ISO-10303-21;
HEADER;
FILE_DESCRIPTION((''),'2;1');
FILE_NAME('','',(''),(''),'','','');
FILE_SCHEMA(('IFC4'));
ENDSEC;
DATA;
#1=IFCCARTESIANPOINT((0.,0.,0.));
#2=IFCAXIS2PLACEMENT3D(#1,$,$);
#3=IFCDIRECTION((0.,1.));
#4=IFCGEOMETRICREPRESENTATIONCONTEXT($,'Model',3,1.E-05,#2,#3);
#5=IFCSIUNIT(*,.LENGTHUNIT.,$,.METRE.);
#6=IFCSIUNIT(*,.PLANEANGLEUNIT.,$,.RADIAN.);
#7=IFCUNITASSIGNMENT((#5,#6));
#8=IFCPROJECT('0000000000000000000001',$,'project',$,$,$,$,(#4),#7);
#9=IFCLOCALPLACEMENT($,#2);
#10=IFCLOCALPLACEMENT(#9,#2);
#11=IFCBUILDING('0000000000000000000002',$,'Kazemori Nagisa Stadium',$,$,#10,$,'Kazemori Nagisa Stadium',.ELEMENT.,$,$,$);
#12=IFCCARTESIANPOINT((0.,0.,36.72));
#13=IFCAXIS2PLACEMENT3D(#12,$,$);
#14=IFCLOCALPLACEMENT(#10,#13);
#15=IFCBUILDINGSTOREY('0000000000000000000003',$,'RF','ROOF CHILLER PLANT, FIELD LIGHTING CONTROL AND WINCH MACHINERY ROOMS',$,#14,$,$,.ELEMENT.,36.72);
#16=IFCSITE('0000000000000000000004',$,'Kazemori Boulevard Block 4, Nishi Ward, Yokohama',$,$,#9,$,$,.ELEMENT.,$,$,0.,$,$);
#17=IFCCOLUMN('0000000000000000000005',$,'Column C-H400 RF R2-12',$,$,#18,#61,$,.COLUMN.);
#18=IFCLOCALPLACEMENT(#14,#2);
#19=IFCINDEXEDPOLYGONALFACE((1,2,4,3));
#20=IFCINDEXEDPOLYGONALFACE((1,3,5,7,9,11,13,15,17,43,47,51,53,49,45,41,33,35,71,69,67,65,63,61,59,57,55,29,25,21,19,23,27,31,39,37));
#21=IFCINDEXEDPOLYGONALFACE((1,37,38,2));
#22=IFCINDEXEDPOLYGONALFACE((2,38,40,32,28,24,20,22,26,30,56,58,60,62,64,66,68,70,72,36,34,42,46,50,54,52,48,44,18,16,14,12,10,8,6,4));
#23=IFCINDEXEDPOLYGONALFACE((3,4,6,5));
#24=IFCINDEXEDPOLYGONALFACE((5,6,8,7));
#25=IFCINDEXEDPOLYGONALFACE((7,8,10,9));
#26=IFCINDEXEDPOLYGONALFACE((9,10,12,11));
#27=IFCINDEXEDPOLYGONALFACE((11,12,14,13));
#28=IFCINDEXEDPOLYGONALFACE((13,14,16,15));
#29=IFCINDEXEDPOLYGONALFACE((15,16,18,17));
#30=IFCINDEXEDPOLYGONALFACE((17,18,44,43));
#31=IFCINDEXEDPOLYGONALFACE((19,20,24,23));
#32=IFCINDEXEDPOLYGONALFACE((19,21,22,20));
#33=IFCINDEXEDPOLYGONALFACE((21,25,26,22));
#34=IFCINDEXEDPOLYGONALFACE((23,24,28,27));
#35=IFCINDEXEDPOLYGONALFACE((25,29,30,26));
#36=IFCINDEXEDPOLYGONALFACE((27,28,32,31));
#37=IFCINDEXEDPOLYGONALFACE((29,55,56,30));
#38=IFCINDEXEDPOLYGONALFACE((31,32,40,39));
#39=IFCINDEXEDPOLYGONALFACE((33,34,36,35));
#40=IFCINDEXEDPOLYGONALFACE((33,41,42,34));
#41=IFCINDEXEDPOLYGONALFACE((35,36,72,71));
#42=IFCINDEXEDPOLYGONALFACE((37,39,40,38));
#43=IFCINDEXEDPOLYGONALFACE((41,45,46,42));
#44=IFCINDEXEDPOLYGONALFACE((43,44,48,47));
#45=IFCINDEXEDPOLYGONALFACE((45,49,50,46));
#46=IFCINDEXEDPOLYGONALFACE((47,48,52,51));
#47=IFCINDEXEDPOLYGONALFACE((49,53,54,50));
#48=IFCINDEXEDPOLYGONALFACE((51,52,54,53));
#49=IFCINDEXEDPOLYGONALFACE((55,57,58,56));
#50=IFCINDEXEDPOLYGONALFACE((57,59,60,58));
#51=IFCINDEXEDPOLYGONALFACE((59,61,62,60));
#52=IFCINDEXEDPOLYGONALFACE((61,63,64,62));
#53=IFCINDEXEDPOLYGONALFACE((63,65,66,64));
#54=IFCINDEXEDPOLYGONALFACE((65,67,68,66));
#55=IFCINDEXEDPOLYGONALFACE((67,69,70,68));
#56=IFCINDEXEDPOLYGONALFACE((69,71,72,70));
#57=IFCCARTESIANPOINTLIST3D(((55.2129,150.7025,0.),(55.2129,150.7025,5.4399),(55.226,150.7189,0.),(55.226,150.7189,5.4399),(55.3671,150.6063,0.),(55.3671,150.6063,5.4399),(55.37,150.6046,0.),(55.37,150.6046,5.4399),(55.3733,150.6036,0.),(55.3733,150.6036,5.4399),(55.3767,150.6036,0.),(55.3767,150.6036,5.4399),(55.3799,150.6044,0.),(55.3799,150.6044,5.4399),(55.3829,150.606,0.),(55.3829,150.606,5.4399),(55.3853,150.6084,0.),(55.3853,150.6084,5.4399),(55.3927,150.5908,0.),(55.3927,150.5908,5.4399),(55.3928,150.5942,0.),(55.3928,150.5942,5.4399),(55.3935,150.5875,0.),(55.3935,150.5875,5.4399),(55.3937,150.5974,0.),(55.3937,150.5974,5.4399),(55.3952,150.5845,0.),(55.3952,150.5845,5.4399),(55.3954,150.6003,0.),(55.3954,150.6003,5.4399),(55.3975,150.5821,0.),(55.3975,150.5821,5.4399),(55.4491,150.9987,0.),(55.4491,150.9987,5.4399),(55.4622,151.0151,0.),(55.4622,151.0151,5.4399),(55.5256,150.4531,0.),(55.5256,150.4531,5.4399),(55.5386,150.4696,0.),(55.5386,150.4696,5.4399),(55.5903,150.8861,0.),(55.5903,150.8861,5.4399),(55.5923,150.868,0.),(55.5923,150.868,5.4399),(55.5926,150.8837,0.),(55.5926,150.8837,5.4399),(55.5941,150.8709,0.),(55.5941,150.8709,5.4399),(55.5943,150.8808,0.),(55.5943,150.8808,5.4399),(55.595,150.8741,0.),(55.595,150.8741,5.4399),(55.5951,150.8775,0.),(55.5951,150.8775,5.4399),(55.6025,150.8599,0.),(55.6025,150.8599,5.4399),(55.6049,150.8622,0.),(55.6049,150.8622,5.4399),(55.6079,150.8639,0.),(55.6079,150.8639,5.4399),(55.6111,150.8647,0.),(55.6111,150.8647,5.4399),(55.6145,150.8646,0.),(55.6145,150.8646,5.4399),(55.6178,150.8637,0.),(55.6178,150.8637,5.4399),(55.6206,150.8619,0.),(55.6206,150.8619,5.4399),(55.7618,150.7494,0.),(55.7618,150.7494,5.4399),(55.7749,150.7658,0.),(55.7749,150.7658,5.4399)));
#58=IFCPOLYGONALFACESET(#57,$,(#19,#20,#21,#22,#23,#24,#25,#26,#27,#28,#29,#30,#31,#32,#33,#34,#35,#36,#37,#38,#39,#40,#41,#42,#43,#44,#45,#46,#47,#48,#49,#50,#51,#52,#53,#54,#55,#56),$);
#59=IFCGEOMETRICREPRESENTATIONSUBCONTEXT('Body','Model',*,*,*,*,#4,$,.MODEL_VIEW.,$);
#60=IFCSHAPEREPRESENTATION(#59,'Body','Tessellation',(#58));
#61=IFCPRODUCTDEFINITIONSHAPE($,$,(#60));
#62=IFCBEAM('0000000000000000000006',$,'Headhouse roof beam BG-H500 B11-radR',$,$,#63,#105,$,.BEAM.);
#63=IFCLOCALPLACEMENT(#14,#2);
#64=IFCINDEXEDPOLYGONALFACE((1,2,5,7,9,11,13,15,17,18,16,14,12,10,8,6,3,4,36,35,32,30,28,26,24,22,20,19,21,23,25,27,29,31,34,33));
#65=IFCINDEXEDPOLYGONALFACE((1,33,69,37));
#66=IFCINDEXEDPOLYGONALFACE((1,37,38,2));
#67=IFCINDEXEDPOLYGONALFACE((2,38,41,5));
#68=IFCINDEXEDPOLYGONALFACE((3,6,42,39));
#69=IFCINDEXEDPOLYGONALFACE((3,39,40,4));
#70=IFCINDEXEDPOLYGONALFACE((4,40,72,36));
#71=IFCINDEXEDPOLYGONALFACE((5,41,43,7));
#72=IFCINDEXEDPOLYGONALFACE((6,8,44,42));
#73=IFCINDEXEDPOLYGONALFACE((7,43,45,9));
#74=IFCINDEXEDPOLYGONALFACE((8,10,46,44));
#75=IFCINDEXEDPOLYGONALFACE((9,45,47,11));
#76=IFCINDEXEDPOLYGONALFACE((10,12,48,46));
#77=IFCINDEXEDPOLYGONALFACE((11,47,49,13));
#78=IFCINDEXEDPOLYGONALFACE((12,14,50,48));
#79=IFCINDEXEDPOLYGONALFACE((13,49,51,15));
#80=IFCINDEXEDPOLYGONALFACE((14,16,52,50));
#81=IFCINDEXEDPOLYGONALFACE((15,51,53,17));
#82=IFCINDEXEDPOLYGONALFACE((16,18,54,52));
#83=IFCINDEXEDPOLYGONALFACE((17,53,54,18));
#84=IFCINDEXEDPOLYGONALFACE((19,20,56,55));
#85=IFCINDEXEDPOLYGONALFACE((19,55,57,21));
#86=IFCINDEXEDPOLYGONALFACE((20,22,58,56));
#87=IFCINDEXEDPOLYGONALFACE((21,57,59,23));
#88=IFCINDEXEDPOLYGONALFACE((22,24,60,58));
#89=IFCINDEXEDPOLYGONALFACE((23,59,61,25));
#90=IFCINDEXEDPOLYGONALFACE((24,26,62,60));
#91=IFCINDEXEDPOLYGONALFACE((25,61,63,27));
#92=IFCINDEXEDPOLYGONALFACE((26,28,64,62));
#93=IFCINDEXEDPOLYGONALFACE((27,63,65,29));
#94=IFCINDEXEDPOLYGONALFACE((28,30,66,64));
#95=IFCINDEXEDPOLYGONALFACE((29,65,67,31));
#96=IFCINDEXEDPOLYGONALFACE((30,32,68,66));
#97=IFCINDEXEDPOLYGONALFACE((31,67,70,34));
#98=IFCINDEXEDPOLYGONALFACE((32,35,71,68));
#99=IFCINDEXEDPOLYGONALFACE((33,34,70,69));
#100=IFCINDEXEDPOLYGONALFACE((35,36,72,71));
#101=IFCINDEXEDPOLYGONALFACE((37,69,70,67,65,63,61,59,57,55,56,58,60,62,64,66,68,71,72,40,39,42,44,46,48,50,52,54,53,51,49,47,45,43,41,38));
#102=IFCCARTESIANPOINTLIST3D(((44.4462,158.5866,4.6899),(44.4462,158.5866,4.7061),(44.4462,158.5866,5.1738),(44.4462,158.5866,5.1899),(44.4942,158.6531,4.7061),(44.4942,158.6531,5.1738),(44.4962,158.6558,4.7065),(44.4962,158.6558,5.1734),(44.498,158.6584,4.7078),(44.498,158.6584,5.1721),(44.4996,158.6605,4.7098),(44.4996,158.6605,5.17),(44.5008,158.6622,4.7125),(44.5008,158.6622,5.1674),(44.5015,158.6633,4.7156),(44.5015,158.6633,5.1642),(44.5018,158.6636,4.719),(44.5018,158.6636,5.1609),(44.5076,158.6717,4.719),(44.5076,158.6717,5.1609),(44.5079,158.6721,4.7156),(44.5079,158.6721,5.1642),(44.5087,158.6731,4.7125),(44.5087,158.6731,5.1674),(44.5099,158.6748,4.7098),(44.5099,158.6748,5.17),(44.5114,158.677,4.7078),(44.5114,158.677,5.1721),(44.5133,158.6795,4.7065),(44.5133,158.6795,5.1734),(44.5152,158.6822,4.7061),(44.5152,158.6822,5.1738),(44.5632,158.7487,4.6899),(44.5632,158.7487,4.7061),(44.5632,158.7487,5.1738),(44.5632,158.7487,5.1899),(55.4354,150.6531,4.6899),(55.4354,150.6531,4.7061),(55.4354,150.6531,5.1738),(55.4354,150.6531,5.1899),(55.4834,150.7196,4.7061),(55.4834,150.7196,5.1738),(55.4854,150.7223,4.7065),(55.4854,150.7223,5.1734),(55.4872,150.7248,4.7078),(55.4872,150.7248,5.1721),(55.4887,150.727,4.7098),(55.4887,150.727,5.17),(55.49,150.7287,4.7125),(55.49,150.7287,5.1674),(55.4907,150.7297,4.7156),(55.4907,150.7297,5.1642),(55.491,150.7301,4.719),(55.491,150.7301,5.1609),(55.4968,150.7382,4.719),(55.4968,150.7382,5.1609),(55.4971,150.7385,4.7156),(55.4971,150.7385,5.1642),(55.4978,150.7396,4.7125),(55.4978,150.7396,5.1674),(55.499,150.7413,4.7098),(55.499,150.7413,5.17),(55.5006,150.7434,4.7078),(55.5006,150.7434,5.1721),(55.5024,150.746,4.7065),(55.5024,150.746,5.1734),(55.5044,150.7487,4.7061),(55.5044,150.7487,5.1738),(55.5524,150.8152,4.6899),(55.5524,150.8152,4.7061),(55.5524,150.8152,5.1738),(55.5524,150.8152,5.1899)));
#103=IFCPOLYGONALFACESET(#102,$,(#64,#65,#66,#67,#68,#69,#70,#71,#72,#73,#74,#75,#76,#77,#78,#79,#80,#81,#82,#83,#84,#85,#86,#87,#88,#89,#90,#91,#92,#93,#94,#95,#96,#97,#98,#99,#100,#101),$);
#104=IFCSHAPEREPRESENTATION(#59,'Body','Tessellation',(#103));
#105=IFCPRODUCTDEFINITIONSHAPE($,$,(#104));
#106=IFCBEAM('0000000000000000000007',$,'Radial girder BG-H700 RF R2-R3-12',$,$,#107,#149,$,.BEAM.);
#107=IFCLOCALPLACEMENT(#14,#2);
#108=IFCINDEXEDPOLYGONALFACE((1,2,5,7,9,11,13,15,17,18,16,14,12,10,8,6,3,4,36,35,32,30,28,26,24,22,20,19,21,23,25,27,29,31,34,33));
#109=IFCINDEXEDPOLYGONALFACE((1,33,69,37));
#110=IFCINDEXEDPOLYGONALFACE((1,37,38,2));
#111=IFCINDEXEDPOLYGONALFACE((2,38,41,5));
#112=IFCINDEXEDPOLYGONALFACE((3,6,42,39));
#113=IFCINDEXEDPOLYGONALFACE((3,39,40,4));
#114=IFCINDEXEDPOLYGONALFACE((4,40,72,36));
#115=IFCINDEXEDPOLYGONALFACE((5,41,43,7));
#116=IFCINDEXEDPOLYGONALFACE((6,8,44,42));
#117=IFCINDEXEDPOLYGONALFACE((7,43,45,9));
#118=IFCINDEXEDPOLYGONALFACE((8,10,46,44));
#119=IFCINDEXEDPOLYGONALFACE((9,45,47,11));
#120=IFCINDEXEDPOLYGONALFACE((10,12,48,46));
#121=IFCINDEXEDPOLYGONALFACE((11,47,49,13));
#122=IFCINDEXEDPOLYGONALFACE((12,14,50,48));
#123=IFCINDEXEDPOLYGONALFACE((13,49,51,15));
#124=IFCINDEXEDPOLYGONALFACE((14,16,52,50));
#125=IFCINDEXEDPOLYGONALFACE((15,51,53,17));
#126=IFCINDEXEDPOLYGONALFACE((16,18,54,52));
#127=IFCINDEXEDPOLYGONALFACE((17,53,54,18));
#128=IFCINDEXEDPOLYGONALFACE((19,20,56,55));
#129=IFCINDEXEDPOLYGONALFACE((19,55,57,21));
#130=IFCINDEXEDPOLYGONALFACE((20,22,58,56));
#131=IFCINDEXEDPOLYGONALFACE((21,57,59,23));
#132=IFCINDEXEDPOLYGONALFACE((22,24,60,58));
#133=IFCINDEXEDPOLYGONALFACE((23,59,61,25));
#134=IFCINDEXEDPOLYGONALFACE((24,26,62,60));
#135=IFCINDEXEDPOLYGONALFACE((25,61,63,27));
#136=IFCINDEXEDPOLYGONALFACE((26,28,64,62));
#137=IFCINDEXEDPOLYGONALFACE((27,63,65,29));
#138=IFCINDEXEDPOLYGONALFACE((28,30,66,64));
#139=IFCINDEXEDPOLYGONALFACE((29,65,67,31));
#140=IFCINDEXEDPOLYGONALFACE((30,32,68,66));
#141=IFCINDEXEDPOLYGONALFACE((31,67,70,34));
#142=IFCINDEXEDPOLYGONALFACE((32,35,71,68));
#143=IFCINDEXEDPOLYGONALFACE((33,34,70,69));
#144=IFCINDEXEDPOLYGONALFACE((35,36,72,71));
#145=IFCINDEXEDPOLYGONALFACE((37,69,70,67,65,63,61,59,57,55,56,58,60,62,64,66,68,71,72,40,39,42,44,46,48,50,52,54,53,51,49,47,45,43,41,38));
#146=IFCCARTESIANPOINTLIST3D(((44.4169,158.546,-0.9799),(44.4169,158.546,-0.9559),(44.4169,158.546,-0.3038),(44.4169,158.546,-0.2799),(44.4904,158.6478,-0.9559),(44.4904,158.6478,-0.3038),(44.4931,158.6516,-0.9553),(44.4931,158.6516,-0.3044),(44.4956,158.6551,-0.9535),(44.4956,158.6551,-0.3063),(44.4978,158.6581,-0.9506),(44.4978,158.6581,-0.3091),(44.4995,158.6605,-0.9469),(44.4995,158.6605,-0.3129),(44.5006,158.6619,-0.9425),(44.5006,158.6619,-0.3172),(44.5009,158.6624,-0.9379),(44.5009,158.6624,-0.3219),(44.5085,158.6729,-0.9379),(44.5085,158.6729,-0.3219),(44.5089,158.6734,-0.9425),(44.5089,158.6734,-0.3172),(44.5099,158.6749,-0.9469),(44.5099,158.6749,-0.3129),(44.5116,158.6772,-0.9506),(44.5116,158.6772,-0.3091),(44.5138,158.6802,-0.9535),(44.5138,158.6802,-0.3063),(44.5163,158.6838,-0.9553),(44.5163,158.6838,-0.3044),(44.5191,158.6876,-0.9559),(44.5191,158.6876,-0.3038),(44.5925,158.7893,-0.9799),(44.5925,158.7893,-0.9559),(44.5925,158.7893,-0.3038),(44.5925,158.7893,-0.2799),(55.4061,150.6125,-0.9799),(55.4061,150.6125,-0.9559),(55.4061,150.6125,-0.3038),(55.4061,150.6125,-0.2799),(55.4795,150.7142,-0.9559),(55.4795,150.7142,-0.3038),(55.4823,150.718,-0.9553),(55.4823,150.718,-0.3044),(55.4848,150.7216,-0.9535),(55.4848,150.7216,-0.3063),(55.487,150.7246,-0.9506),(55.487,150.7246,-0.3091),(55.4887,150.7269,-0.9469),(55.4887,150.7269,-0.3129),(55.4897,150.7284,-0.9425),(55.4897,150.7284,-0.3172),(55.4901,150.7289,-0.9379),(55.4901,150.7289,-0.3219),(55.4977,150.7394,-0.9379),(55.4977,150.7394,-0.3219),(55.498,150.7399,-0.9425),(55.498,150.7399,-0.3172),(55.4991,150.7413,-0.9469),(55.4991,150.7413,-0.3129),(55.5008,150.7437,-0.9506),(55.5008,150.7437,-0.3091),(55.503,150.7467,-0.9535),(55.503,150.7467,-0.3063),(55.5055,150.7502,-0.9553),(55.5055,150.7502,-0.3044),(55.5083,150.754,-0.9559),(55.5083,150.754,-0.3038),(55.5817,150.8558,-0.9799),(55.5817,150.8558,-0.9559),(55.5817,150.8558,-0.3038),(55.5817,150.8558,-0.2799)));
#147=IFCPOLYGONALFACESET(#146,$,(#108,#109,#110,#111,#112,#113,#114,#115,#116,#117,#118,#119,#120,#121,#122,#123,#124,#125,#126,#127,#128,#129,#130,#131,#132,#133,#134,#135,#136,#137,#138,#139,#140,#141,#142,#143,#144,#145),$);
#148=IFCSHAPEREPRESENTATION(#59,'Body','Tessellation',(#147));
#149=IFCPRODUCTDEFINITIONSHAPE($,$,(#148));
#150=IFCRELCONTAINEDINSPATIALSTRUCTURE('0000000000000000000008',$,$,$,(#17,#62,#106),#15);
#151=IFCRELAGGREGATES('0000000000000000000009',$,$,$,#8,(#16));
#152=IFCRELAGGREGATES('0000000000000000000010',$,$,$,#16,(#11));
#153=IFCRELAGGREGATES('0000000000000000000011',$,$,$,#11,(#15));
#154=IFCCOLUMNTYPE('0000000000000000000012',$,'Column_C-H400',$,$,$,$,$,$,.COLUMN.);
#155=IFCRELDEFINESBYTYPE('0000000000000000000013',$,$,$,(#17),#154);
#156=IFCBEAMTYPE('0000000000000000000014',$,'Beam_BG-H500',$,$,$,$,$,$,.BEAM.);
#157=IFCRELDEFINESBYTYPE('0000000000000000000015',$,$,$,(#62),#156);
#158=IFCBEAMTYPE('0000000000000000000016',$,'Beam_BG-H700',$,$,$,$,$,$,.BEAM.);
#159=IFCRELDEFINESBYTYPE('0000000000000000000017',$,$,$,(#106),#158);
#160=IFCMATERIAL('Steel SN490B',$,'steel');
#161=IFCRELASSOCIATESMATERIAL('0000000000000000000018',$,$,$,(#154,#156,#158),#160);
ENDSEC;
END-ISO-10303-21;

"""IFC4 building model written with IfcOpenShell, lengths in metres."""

from ifc_helpers import new_model, si_unit, direction, frame, origin, origin_2d, place, context, subcontext, project, spatial, i_section, extrude, material, material_profile, profile_set, type_object, element, save


model = new_model("IFC4")

# Units and contexts
model_context = context("Model", 3, precision=1e-05, world=origin(), true_north=direction((0.0, 1.0)))
body_context = subcontext(model_context, "Body", "Model", "MODEL_VIEW")
ifc_project = project(units=[si_unit("LENGTHUNIT", "METRE"), si_unit("PLANEANGLEUNIT", "RADIAN")], contexts=[model_context])

# Site, building, storey
site_placement = place(None, origin())
site = spatial("IfcSite", under=ifc_project, at=site_placement, Name="Kazemori Boulevard Block 4, Nishi Ward, Yokohama", CompositionType="ELEMENT", RefElevation=0.0)
building_placement = place(site_placement, origin())
building = spatial("IfcBuilding", under=site, at=building_placement, Name="Kazemori Nagisa Stadium", LongName="Kazemori Nagisa Stadium", CompositionType="ELEMENT")
storey_placement = place(building_placement, frame((0.0, 0.0, 36.72)))
storey = spatial("IfcBuildingStorey", under=building, at=storey_placement, Name="RF", Description="ROOF CHILLER PLANT, FIELD LIGHTING CONTROL AND WINCH MACHINERY ROOMS", CompositionType="ELEMENT", Elevation=36.72)

# Column
ifc_material_1 = material(Name="Steel SN490B", Category="steel")
ifc_material_profile_1 = material_profile(ifc_material_1, i_section(OverallWidth=0.3999, OverallDepth=0.3999, WebThickness=0.0129, FlangeThickness=0.021, FilletRadius=0.0129, at=origin_2d()), Name="H-400x400x13x21")
ifc_profile_set_1 = profile_set([ifc_material_profile_1], Name="Steel SN490B")
column_type = type_object("IfcColumnType", Name="Column_C-H400", PredefinedType="COLUMN", material=ifc_profile_set_1)
column_placement = place(storey_placement, frame((55.4939, 150.7341, 0.0), z_axis=(0.0, 0.0, 1.0), x_axis=(-0.781831, 0.62349, 0.0)))
element("IfcColumn", 1, at=column_placement, inside=storey, type_object=column_type, Name="Column C-H400 RF R2-12", PredefinedType="COLUMN", context=body_context, shape_type="SweptSolid", body=[
    extrude(i_section(OverallWidth=0.3999, OverallDepth=0.3999, WebThickness=0.0129, FlangeThickness=0.021, FilletRadius=0.0129, at=origin_2d()), origin(), (0.0, 0.0, 1.0), 5.4399),
])

# Beams
ifc_material_profile_2 = material_profile(ifc_material_1, i_section(OverallWidth=0.2, OverallDepth=0.5, WebThickness=0.01, FlangeThickness=0.0161, FilletRadius=0.0129, at=origin_2d()), Name="H-500x200x10x16")
ifc_profile_set_2 = profile_set([ifc_material_profile_2], Name="Steel SN490B")
beam_type_1 = type_object("IfcBeamType", Name="Beam_BG-H500", PredefinedType="BEAM", material=ifc_profile_set_2)
beam_1_placement = place(storey_placement, frame((55.4939, 150.7341, 4.9399), z_axis=(-0.810788, 0.585341, 0.0), x_axis=(-0.585341, -0.810788, 0.0)))
element("IfcBeam", 2, at=beam_1_placement, inside=storey, type_object=beam_type_1, Name="Headhouse roof beam BG-H500 B11-radR", PredefinedType="BEAM", context=body_context, shape_type="SweptSolid", body=[
    extrude(i_section(OverallWidth=0.2, OverallDepth=0.5, WebThickness=0.01, FlangeThickness=0.0161, FilletRadius=0.0129, at=origin_2d()), origin(), (0.0, 0.0, 1.0), 13.5537),
])
ifc_material_profile_3 = material_profile(ifc_material_1, i_section(OverallWidth=0.3, OverallDepth=0.7, WebThickness=0.0129, FlangeThickness=0.0239, FilletRadius=0.0181, at=origin_2d()), Name="H-700x300x13x24")
ifc_profile_set_3 = profile_set([ifc_material_profile_3], Name="Steel SN490B")
beam_type_2 = type_object("IfcBeamType", Name="Beam_BG-H700", PredefinedType="BEAM", material=ifc_profile_set_3)
beam_2_placement = place(storey_placement, frame((55.4939, 150.7341, -0.6299), z_axis=(-0.810788, 0.585341, 0.0), x_axis=(-0.585341, -0.810788, 0.0)))
element("IfcBeam", 3, at=beam_2_placement, inside=storey, type_object=beam_type_2, Name="Radial girder BG-H700 RF R2-R3-12", PredefinedType="BEAM", context=body_context, shape_type="SweptSolid", body=[
    extrude(i_section(OverallWidth=0.3, OverallDepth=0.7, WebThickness=0.0129, FlangeThickness=0.0239, FilletRadius=0.0181, at=origin_2d()), origin(), (0.0, 0.0, 1.0), 13.5537),
])

save(model, "model.ifc")
